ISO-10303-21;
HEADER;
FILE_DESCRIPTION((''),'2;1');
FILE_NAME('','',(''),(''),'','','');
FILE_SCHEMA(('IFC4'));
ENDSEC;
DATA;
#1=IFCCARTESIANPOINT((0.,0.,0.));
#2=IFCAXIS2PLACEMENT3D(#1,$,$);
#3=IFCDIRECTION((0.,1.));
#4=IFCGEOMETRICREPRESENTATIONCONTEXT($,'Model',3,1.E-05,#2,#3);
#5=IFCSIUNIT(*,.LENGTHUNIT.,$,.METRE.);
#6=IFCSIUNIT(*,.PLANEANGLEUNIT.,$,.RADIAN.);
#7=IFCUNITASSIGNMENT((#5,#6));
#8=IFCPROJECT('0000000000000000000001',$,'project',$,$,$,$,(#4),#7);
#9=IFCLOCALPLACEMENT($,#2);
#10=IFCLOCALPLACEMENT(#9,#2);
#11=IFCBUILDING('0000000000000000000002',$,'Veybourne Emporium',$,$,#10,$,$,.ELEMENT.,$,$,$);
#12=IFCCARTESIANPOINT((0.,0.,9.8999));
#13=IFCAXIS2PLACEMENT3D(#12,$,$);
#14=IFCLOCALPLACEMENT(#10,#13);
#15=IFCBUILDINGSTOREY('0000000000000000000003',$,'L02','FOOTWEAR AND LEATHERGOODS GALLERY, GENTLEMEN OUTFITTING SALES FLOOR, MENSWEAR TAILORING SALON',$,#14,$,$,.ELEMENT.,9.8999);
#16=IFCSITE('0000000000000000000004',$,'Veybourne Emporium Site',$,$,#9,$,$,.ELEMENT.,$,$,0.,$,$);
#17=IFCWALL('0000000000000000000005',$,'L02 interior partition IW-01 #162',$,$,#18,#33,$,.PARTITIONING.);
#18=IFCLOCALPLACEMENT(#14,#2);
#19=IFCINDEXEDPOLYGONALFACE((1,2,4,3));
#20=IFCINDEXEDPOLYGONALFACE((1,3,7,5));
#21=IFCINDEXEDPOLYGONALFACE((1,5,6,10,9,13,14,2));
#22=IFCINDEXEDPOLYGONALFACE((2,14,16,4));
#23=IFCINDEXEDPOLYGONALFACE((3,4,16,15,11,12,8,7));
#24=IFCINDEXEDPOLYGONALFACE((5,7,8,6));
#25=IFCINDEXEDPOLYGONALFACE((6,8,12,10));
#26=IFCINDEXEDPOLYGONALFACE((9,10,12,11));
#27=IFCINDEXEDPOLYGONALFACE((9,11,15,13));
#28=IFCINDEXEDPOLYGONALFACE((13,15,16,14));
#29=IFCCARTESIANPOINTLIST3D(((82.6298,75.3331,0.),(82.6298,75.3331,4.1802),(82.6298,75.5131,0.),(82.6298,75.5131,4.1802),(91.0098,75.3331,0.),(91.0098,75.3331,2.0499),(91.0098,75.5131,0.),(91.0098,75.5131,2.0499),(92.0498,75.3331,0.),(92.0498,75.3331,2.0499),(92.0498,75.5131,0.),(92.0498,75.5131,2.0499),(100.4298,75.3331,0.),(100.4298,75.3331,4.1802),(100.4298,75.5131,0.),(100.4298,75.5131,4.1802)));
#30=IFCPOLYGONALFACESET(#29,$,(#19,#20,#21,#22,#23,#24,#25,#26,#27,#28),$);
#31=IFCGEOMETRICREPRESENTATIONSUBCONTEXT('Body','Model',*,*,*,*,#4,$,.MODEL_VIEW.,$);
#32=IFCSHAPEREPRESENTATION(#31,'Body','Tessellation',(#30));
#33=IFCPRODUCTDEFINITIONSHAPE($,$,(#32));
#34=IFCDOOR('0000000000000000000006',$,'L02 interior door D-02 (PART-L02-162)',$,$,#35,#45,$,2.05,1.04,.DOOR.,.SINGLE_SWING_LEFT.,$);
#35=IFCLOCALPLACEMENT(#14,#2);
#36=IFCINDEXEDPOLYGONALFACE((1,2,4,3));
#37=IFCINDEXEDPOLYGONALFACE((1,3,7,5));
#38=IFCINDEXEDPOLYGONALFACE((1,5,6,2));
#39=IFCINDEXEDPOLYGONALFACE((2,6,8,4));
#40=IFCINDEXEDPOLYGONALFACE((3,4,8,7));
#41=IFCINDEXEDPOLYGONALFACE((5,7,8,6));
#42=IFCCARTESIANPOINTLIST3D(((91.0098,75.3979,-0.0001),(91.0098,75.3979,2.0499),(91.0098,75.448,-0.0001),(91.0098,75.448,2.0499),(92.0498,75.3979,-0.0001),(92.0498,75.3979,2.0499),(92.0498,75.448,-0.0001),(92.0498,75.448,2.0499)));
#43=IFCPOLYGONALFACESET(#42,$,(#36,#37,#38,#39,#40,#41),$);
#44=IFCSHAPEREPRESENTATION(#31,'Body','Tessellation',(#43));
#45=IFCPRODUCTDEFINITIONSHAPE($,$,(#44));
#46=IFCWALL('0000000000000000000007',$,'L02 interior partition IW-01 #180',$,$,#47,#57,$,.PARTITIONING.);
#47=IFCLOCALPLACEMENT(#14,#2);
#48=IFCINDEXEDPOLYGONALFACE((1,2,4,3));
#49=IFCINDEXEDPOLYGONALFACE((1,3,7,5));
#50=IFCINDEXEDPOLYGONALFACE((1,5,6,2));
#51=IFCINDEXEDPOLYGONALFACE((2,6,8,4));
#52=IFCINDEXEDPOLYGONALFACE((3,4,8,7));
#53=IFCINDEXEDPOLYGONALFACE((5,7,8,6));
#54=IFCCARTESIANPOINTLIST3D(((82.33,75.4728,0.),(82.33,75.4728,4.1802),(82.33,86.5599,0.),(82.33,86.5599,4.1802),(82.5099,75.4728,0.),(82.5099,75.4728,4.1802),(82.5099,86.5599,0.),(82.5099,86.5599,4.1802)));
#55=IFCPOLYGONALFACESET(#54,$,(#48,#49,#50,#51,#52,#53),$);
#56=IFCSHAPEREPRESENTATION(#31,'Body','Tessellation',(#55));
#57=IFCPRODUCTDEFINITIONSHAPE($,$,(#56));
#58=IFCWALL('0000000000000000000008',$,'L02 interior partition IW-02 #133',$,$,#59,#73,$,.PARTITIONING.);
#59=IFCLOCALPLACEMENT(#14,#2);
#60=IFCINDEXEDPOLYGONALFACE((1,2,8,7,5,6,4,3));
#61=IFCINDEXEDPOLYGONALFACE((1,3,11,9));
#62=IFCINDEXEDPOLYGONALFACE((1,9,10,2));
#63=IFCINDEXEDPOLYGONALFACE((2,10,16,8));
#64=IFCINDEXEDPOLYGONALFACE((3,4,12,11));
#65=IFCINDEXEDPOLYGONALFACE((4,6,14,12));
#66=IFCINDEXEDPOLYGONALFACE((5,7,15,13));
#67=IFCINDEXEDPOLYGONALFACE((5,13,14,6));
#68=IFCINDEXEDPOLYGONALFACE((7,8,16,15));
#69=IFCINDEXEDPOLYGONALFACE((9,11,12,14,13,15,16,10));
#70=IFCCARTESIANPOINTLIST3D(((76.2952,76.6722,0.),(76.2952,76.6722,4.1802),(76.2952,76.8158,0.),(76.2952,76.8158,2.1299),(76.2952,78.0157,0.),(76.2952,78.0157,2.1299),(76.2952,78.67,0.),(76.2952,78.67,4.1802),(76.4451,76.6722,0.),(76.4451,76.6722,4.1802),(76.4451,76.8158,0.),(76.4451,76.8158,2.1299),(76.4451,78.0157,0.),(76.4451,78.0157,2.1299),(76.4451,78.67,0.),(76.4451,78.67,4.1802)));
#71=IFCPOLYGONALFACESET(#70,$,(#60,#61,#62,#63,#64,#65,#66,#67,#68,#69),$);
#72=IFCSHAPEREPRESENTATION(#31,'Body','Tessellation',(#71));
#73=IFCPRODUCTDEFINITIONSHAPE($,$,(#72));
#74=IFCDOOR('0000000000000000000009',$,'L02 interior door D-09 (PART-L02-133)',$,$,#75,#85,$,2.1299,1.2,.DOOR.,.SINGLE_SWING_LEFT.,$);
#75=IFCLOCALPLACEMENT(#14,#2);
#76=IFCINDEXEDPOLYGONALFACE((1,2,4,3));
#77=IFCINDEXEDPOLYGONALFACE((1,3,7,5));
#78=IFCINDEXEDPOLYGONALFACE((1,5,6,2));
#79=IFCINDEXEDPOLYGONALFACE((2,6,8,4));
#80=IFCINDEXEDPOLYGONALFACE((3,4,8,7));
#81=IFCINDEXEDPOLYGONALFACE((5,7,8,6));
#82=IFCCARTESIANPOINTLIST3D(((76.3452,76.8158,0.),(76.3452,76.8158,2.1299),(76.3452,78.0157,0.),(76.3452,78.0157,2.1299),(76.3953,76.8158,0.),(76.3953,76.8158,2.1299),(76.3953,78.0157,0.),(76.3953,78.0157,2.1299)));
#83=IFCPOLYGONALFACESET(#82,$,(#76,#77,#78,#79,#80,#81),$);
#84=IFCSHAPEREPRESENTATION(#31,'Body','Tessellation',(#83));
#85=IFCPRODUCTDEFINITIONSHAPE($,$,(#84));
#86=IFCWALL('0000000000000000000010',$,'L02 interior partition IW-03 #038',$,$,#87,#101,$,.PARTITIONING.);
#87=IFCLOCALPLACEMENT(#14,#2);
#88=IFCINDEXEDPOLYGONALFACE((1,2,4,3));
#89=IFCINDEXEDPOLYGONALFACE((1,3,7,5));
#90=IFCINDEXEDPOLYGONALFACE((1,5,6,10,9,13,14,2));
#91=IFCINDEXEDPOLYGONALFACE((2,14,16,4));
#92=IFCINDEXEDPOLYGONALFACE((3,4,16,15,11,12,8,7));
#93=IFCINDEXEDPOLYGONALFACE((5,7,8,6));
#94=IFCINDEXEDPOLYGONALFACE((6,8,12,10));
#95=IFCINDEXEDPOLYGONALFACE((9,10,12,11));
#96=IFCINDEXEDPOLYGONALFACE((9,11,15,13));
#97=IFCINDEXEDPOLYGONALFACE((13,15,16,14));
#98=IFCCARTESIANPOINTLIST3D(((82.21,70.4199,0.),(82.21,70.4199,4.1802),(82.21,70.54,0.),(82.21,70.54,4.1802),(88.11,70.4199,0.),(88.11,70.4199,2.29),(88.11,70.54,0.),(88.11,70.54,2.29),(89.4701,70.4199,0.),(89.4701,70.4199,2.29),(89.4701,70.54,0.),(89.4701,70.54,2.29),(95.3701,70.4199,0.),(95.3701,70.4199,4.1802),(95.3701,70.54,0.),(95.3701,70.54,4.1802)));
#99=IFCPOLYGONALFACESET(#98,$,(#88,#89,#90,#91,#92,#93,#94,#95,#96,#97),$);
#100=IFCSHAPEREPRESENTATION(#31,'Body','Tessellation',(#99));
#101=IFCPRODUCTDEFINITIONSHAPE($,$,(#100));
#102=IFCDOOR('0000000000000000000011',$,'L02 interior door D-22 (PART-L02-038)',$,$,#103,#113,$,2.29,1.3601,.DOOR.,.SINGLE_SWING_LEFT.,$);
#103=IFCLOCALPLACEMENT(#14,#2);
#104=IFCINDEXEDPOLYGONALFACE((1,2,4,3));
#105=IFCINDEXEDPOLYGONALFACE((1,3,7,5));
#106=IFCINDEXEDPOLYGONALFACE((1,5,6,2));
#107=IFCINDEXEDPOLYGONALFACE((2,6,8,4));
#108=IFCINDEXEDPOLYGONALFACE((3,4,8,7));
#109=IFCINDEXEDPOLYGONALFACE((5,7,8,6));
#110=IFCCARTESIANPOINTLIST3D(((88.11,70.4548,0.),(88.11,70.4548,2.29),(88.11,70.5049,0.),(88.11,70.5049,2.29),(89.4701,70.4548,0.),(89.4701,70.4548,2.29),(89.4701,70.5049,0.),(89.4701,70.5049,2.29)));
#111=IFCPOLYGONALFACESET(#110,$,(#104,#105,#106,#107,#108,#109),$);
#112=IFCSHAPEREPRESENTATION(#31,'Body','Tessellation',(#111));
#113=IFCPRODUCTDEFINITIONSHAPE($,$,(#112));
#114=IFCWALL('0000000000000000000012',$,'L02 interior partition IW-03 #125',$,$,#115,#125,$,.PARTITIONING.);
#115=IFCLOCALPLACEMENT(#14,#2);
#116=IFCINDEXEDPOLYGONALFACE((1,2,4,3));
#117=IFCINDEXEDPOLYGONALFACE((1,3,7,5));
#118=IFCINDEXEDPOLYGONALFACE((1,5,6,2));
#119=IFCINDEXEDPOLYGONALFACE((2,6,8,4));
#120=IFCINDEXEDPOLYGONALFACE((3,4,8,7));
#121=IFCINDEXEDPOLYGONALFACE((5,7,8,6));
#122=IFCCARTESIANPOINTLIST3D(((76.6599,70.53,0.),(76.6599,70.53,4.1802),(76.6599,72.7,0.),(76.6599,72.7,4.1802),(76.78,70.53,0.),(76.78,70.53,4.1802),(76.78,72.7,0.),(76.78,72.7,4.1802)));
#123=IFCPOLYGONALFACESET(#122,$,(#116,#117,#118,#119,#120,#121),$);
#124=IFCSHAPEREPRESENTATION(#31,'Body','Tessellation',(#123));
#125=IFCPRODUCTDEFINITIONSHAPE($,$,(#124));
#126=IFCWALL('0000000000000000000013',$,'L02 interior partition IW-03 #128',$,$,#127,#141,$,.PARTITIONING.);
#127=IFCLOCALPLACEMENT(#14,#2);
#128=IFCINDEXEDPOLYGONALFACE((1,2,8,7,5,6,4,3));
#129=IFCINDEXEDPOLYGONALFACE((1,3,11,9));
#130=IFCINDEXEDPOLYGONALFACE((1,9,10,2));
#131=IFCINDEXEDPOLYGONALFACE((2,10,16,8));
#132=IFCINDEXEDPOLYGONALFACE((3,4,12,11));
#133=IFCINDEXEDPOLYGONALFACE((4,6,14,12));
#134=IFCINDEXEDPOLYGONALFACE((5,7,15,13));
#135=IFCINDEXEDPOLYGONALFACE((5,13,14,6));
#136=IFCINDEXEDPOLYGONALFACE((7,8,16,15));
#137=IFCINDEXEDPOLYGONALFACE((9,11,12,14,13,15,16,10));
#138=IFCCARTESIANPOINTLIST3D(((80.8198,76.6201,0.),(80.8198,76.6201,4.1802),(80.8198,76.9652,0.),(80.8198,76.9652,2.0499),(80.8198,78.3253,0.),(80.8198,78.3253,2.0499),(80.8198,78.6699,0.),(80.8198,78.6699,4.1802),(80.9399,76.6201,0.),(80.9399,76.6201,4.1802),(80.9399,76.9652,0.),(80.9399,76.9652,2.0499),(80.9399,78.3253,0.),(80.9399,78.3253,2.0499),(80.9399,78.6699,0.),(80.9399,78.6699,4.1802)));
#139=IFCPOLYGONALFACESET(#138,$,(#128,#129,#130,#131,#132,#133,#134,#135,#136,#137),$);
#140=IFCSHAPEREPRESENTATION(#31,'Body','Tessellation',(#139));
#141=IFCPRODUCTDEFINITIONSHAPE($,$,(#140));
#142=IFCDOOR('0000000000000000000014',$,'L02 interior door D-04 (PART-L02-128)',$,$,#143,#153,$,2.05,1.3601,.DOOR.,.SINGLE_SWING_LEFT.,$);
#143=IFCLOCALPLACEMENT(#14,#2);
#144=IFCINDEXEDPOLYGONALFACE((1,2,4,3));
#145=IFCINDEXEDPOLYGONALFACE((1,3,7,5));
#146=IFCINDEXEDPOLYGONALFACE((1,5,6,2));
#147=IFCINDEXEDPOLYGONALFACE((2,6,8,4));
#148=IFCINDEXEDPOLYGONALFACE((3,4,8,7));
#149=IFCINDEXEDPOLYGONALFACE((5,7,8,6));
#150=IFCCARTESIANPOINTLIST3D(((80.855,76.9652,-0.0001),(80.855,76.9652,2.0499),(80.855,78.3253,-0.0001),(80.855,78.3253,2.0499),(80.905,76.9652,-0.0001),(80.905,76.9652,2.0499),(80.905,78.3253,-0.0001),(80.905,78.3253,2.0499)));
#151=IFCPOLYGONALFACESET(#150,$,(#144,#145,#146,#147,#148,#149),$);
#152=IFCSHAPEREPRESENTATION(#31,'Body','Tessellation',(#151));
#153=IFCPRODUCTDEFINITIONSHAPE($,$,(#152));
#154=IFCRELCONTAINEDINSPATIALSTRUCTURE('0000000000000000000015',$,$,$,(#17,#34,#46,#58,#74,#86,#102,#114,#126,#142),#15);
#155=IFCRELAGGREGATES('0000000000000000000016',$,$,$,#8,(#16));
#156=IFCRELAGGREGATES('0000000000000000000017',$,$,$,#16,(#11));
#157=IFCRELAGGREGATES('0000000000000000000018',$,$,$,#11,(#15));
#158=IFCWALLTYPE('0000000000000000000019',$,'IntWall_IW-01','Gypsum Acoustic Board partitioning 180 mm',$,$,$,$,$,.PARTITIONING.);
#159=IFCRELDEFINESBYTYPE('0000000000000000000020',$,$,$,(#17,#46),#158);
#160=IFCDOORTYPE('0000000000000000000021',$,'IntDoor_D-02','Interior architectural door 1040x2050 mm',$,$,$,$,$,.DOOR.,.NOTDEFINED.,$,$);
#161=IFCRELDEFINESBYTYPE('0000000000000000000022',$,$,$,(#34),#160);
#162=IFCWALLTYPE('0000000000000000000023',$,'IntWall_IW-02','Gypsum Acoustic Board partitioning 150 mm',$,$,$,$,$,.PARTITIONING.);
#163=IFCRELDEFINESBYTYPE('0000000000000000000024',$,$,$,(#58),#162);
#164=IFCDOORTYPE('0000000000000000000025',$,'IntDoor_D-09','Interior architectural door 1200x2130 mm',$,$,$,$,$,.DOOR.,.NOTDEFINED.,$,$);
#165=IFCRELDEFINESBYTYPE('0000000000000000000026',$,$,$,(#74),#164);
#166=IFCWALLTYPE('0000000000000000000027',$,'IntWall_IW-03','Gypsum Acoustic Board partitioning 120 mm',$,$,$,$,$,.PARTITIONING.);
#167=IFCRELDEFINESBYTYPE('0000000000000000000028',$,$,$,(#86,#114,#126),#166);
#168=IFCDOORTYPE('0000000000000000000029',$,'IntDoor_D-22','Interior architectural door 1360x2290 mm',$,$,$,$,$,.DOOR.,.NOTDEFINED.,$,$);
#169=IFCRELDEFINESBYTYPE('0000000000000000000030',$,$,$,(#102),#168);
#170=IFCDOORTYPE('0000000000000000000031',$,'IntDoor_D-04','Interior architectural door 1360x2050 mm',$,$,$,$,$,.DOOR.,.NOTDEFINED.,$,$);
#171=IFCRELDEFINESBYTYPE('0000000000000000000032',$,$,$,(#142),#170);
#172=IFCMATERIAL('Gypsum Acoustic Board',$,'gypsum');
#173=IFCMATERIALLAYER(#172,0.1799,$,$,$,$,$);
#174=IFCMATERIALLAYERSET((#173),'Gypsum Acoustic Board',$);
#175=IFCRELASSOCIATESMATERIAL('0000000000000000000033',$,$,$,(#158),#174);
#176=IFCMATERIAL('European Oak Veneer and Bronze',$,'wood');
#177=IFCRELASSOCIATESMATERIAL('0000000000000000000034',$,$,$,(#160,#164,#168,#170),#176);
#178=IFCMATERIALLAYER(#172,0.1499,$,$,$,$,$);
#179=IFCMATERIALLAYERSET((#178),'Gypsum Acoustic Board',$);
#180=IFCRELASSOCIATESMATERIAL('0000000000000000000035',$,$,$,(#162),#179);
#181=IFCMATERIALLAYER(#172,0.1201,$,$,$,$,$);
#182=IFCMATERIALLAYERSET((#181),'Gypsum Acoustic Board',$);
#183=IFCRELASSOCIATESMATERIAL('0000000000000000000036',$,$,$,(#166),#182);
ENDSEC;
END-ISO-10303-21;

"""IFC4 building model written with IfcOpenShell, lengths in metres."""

from ifc_helpers import new_model, si_unit, direction, frame, frame_2d, origin, place, context, subcontext, project, spatial, rectangle, extrude, material, layer, layer_set, type_object, element, fill, save


model = new_model("IFC4")

# Units and contexts
model_context = context("Model", 3, precision=1e-05, world=origin(), true_north=direction((0.0, 1.0)))
body_context = subcontext(model_context, "Body", "Model", "MODEL_VIEW")
ifc_project = project(units=[si_unit("LENGTHUNIT", "METRE"), si_unit("PLANEANGLEUNIT", "RADIAN")], contexts=[model_context])

# Site, building, storey
site_placement = place(None, origin())
site = spatial("IfcSite", under=ifc_project, at=site_placement, Name="Veybourne Emporium Site", CompositionType="ELEMENT", RefElevation=0.0)
building_placement = place(site_placement, origin())
building = spatial("IfcBuilding", under=site, at=building_placement, Name="Veybourne Emporium", CompositionType="ELEMENT")
storey_placement = place(building_placement, frame((0.0, 0.0, 9.8999)))
storey = spatial("IfcBuildingStorey", under=building, at=storey_placement, Name="L02", Description="FOOTWEAR AND LEATHERGOODS GALLERY, GENTLEMEN OUTFITTING SALES FLOOR, MENSWEAR TAILORING SALON", CompositionType="ELEMENT", Elevation=9.8999)

# Wall, opening, door
ifc_material_1 = material(Name="Gypsum Acoustic Board", Category="gypsum")
ifc_layer_1 = layer(ifc_material_1, 0.1799)
ifc_layer_set_1 = layer_set([ifc_layer_1], Name="Gypsum Acoustic Board")
wall_type_1 = type_object("IfcWallType", Name="IntWall_IW-01", Description="Gypsum Acoustic Board partitioning 180 mm", PredefinedType="PARTITIONING", material=ifc_layer_set_1)
wall_1_placement = place(storey_placement, frame((82.6299, 75.4231, 0.0), z_axis=(0.0, 0.0, 1.0), x_axis=(1.0, 0.0, 0.0)))
wall_1 = element("IfcWall", 1, at=wall_1_placement, inside=storey, type_object=wall_type_1, Name="L02 interior partition IW-01 #162", PredefinedType="PARTITIONING", context=body_context, shape_type="SweptSolid", body=[
    extrude(rectangle(XDim=17.8, YDim=0.1799, at=frame_2d((8.8999, 0.0))), origin(), (0.0, 0.0, 1.0), 4.1802),
])
opening_1_placement = place(wall_1_placement, frame((8.3799, 0.0, 0.0)))
opening_1 = element("IfcOpeningElement", 2, at=opening_1_placement, cuts=wall_1, PredefinedType="OPENING", context=body_context, shape_type="SweptSolid", body=[
    extrude(rectangle(XDim=1.04, YDim=2.05, at=frame_2d((0.52, 1.0249))), frame((0.0, 0.1099, 0.0), z_axis=(0.0, -1.0, 0.0), x_axis=(1.0, 0.0, 0.0)), (0.0, 0.0, 1.0), 0.22),
])
ifc_material_2 = material(Name="European Oak Veneer and Bronze", Category="wood")
door_type_1 = type_object("IfcDoorType", Name="IntDoor_D-02", Description="Interior architectural door 1040x2050 mm", OperationType="NOTDEFINED", PredefinedType="DOOR", material=ifc_material_2)
door_1_placement = place(opening_1_placement, origin())
door_1 = element("IfcDoor", 3, at=door_1_placement, inside=storey, type_object=door_type_1, Name="L02 interior door D-02 (PART-L02-162)", OperationType="SINGLE_SWING_LEFT", OverallHeight=2.05, OverallWidth=1.04, PredefinedType="DOOR", context=body_context, shape_type="SweptSolid", body=[
    extrude(rectangle(XDim=1.04, YDim=2.05, at=frame_2d((0.52, 1.0249))), frame((0.0, 0.0249, 0.0), z_axis=(0.0, -1.0, 0.0), x_axis=(1.0, 0.0, 0.0)), (0.0, 0.0, 1.0), 0.05),
])
fill(opening_1, door_1)

# Wall
wall_2_placement = place(storey_placement, frame((82.4199, 75.4729, 0.0), z_axis=(0.0, 0.0, 1.0), x_axis=(0.0, 1.0, 0.0)))
element("IfcWall", 4, at=wall_2_placement, inside=storey, type_object=wall_type_1, Name="L02 interior partition IW-01 #180", PredefinedType="PARTITIONING", context=body_context, shape_type="SweptSolid", body=[
    extrude(rectangle(XDim=11.0872, YDim=0.1799, at=frame_2d((5.5435, 0.0))), origin(), (0.0, 0.0, 1.0), 4.1802),
])

# Walls, openings, doors
ifc_layer_2 = layer(ifc_material_1, 0.1499)
ifc_layer_set_2 = layer_set([ifc_layer_2], Name="Gypsum Acoustic Board")
wall_type_2 = type_object("IfcWallType", Name="IntWall_IW-02", Description="Gypsum Acoustic Board partitioning 150 mm", PredefinedType="PARTITIONING", material=ifc_layer_set_2)
wall_3_placement = place(storey_placement, frame((76.3701, 76.6721, 0.0), z_axis=(0.0, 0.0, 1.0), x_axis=(0.0, 1.0, 0.0)))
wall_3 = element("IfcWall", 5, at=wall_3_placement, inside=storey, type_object=wall_type_2, Name="L02 interior partition IW-02 #133", PredefinedType="PARTITIONING", context=body_context, shape_type="SweptSolid", body=[
    extrude(rectangle(XDim=1.9978, YDim=0.1499, at=frame_2d((0.999, 0.0))), origin(), (0.0, 0.0, 1.0), 4.1802),
])
opening_2_placement = place(wall_3_placement, frame((0.1436, 0.0, 0.0)))
opening_2 = element("IfcOpeningElement", 6, at=opening_2_placement, cuts=wall_3, PredefinedType="OPENING", context=body_context, shape_type="SweptSolid", body=[
    extrude(rectangle(XDim=1.2, YDim=2.1299, at=frame_2d((0.6001, 1.0649))), frame((0.0, 0.095, 0.0), z_axis=(0.0, -1.0, 0.0), x_axis=(1.0, 0.0, 0.0)), (0.0, 0.0, 1.0), 0.1899),
])
door_type_2 = type_object("IfcDoorType", Name="IntDoor_D-09", Description="Interior architectural door 1200x2130 mm", OperationType="NOTDEFINED", PredefinedType="DOOR", material=ifc_material_2)
door_2_placement = place(opening_2_placement, origin())
door_2 = element("IfcDoor", 7, at=door_2_placement, inside=storey, type_object=door_type_2, Name="L02 interior door D-09 (PART-L02-133)", OperationType="SINGLE_SWING_LEFT", OverallHeight=2.1299, OverallWidth=1.2, PredefinedType="DOOR", context=body_context, shape_type="SweptSolid", body=[
    extrude(rectangle(XDim=1.2, YDim=2.1299, at=frame_2d((0.6001, 1.0649))), frame((0.0, 0.0249, 0.0), z_axis=(0.0, -1.0, 0.0), x_axis=(1.0, 0.0, 0.0)), (0.0, 0.0, 1.0), 0.05),
])
fill(opening_2, door_2)
ifc_layer_3 = layer(ifc_material_1, 0.1201)
ifc_layer_set_3 = layer_set([ifc_layer_3], Name="Gypsum Acoustic Board")
wall_type_3 = type_object("IfcWallType", Name="IntWall_IW-03", Description="Gypsum Acoustic Board partitioning 120 mm", PredefinedType="PARTITIONING", material=ifc_layer_set_3)
wall_4_placement = place(storey_placement, frame((82.21, 70.48, 0.0), z_axis=(0.0, 0.0, 1.0), x_axis=(1.0, 0.0, 0.0)))
wall_4 = element("IfcWall", 8, at=wall_4_placement, inside=storey, type_object=wall_type_3, Name="L02 interior partition IW-03 #038", PredefinedType="PARTITIONING", context=body_context, shape_type="SweptSolid", body=[
    extrude(rectangle(XDim=13.1602, YDim=0.1201, at=frame_2d((6.5801, 0.0))), origin(), (0.0, 0.0, 1.0), 4.1802),
])
opening_3_placement = place(wall_4_placement, frame((5.8999, 0.0, 0.0)))
opening_3 = element("IfcOpeningElement", 9, at=opening_3_placement, cuts=wall_4, PredefinedType="OPENING", context=body_context, shape_type="SweptSolid", body=[
    extrude(rectangle(XDim=1.3601, YDim=2.29, at=frame_2d((0.6802, 1.145))), frame((0.0, 0.0801, 0.0), z_axis=(0.0, -1.0, 0.0), x_axis=(1.0, 0.0, 0.0)), (0.0, 0.0, 1.0), 0.1602),
])
door_type_3 = type_object("IfcDoorType", Name="IntDoor_D-22", Description="Interior architectural door 1360x2290 mm", OperationType="NOTDEFINED", PredefinedType="DOOR", material=ifc_material_2)
door_3_placement = place(opening_3_placement, origin())
door_3 = element("IfcDoor", 10, at=door_3_placement, inside=storey, type_object=door_type_3, Name="L02 interior door D-22 (PART-L02-038)", OperationType="SINGLE_SWING_LEFT", OverallHeight=2.29, OverallWidth=1.3601, PredefinedType="DOOR", context=body_context, shape_type="SweptSolid", body=[
    extrude(rectangle(XDim=1.3601, YDim=2.29, at=frame_2d((0.6802, 1.145))), frame((0.0, 0.0249, 0.0), z_axis=(0.0, -1.0, 0.0), x_axis=(1.0, 0.0, 0.0)), (0.0, 0.0, 1.0), 0.05),
])
fill(opening_3, door_3)

# Wall
wall_5_placement = place(storey_placement, frame((76.72, 70.53, 0.0), z_axis=(0.0, 0.0, 1.0), x_axis=(0.0, 1.0, 0.0)))
element("IfcWall", 11, at=wall_5_placement, inside=storey, type_object=wall_type_3, Name="L02 interior partition IW-03 #125", PredefinedType="PARTITIONING", context=body_context, shape_type="SweptSolid", body=[
    extrude(rectangle(XDim=2.1699, YDim=0.1201, at=frame_2d((1.085, 0.0))), origin(), (0.0, 0.0, 1.0), 4.1802),
])

# Wall, opening, door
wall_6_placement = place(storey_placement, frame((80.8799, 76.6201, 0.0), z_axis=(0.0, 0.0, 1.0), x_axis=(0.0, 1.0, 0.0)))
wall_6 = element("IfcWall", 12, at=wall_6_placement, inside=storey, type_object=wall_type_3, Name="L02 interior partition IW-03 #128", PredefinedType="PARTITIONING", context=body_context, shape_type="SweptSolid", body=[
    extrude(rectangle(XDim=2.0498, YDim=0.1201, at=frame_2d((1.0249, 0.0))), origin(), (0.0, 0.0, 1.0), 4.1802),
])
opening_4_placement = place(wall_6_placement, frame((0.345, 0.0, 0.0)))
opening_4 = element("IfcOpeningElement", 13, at=opening_4_placement, cuts=wall_6, PredefinedType="OPENING", context=body_context, shape_type="SweptSolid", body=[
    extrude(rectangle(XDim=1.3601, YDim=2.05, at=frame_2d((0.6802, 1.0249))), frame((0.0, 0.0801, 0.0), z_axis=(0.0, -1.0, 0.0), x_axis=(1.0, 0.0, 0.0)), (0.0, 0.0, 1.0), 0.1602),
])
door_type_4 = type_object("IfcDoorType", Name="IntDoor_D-04", Description="Interior architectural door 1360x2050 mm", OperationType="NOTDEFINED", PredefinedType="DOOR", material=ifc_material_2)
door_4_placement = place(opening_4_placement, origin())
door_4 = element("IfcDoor", 14, at=door_4_placement, inside=storey, type_object=door_type_4, Name="L02 interior door D-04 (PART-L02-128)", OperationType="SINGLE_SWING_LEFT", OverallHeight=2.05, OverallWidth=1.3601, PredefinedType="DOOR", context=body_context, shape_type="SweptSolid", body=[
    extrude(rectangle(XDim=1.3601, YDim=2.05, at=frame_2d((0.6802, 1.0249))), frame((0.0, 0.0249, 0.0), z_axis=(0.0, -1.0, 0.0), x_axis=(1.0, 0.0, 0.0)), (0.0, 0.0, 1.0), 0.05),
])
fill(opening_4, door_4)

save(model, "model.ifc")
